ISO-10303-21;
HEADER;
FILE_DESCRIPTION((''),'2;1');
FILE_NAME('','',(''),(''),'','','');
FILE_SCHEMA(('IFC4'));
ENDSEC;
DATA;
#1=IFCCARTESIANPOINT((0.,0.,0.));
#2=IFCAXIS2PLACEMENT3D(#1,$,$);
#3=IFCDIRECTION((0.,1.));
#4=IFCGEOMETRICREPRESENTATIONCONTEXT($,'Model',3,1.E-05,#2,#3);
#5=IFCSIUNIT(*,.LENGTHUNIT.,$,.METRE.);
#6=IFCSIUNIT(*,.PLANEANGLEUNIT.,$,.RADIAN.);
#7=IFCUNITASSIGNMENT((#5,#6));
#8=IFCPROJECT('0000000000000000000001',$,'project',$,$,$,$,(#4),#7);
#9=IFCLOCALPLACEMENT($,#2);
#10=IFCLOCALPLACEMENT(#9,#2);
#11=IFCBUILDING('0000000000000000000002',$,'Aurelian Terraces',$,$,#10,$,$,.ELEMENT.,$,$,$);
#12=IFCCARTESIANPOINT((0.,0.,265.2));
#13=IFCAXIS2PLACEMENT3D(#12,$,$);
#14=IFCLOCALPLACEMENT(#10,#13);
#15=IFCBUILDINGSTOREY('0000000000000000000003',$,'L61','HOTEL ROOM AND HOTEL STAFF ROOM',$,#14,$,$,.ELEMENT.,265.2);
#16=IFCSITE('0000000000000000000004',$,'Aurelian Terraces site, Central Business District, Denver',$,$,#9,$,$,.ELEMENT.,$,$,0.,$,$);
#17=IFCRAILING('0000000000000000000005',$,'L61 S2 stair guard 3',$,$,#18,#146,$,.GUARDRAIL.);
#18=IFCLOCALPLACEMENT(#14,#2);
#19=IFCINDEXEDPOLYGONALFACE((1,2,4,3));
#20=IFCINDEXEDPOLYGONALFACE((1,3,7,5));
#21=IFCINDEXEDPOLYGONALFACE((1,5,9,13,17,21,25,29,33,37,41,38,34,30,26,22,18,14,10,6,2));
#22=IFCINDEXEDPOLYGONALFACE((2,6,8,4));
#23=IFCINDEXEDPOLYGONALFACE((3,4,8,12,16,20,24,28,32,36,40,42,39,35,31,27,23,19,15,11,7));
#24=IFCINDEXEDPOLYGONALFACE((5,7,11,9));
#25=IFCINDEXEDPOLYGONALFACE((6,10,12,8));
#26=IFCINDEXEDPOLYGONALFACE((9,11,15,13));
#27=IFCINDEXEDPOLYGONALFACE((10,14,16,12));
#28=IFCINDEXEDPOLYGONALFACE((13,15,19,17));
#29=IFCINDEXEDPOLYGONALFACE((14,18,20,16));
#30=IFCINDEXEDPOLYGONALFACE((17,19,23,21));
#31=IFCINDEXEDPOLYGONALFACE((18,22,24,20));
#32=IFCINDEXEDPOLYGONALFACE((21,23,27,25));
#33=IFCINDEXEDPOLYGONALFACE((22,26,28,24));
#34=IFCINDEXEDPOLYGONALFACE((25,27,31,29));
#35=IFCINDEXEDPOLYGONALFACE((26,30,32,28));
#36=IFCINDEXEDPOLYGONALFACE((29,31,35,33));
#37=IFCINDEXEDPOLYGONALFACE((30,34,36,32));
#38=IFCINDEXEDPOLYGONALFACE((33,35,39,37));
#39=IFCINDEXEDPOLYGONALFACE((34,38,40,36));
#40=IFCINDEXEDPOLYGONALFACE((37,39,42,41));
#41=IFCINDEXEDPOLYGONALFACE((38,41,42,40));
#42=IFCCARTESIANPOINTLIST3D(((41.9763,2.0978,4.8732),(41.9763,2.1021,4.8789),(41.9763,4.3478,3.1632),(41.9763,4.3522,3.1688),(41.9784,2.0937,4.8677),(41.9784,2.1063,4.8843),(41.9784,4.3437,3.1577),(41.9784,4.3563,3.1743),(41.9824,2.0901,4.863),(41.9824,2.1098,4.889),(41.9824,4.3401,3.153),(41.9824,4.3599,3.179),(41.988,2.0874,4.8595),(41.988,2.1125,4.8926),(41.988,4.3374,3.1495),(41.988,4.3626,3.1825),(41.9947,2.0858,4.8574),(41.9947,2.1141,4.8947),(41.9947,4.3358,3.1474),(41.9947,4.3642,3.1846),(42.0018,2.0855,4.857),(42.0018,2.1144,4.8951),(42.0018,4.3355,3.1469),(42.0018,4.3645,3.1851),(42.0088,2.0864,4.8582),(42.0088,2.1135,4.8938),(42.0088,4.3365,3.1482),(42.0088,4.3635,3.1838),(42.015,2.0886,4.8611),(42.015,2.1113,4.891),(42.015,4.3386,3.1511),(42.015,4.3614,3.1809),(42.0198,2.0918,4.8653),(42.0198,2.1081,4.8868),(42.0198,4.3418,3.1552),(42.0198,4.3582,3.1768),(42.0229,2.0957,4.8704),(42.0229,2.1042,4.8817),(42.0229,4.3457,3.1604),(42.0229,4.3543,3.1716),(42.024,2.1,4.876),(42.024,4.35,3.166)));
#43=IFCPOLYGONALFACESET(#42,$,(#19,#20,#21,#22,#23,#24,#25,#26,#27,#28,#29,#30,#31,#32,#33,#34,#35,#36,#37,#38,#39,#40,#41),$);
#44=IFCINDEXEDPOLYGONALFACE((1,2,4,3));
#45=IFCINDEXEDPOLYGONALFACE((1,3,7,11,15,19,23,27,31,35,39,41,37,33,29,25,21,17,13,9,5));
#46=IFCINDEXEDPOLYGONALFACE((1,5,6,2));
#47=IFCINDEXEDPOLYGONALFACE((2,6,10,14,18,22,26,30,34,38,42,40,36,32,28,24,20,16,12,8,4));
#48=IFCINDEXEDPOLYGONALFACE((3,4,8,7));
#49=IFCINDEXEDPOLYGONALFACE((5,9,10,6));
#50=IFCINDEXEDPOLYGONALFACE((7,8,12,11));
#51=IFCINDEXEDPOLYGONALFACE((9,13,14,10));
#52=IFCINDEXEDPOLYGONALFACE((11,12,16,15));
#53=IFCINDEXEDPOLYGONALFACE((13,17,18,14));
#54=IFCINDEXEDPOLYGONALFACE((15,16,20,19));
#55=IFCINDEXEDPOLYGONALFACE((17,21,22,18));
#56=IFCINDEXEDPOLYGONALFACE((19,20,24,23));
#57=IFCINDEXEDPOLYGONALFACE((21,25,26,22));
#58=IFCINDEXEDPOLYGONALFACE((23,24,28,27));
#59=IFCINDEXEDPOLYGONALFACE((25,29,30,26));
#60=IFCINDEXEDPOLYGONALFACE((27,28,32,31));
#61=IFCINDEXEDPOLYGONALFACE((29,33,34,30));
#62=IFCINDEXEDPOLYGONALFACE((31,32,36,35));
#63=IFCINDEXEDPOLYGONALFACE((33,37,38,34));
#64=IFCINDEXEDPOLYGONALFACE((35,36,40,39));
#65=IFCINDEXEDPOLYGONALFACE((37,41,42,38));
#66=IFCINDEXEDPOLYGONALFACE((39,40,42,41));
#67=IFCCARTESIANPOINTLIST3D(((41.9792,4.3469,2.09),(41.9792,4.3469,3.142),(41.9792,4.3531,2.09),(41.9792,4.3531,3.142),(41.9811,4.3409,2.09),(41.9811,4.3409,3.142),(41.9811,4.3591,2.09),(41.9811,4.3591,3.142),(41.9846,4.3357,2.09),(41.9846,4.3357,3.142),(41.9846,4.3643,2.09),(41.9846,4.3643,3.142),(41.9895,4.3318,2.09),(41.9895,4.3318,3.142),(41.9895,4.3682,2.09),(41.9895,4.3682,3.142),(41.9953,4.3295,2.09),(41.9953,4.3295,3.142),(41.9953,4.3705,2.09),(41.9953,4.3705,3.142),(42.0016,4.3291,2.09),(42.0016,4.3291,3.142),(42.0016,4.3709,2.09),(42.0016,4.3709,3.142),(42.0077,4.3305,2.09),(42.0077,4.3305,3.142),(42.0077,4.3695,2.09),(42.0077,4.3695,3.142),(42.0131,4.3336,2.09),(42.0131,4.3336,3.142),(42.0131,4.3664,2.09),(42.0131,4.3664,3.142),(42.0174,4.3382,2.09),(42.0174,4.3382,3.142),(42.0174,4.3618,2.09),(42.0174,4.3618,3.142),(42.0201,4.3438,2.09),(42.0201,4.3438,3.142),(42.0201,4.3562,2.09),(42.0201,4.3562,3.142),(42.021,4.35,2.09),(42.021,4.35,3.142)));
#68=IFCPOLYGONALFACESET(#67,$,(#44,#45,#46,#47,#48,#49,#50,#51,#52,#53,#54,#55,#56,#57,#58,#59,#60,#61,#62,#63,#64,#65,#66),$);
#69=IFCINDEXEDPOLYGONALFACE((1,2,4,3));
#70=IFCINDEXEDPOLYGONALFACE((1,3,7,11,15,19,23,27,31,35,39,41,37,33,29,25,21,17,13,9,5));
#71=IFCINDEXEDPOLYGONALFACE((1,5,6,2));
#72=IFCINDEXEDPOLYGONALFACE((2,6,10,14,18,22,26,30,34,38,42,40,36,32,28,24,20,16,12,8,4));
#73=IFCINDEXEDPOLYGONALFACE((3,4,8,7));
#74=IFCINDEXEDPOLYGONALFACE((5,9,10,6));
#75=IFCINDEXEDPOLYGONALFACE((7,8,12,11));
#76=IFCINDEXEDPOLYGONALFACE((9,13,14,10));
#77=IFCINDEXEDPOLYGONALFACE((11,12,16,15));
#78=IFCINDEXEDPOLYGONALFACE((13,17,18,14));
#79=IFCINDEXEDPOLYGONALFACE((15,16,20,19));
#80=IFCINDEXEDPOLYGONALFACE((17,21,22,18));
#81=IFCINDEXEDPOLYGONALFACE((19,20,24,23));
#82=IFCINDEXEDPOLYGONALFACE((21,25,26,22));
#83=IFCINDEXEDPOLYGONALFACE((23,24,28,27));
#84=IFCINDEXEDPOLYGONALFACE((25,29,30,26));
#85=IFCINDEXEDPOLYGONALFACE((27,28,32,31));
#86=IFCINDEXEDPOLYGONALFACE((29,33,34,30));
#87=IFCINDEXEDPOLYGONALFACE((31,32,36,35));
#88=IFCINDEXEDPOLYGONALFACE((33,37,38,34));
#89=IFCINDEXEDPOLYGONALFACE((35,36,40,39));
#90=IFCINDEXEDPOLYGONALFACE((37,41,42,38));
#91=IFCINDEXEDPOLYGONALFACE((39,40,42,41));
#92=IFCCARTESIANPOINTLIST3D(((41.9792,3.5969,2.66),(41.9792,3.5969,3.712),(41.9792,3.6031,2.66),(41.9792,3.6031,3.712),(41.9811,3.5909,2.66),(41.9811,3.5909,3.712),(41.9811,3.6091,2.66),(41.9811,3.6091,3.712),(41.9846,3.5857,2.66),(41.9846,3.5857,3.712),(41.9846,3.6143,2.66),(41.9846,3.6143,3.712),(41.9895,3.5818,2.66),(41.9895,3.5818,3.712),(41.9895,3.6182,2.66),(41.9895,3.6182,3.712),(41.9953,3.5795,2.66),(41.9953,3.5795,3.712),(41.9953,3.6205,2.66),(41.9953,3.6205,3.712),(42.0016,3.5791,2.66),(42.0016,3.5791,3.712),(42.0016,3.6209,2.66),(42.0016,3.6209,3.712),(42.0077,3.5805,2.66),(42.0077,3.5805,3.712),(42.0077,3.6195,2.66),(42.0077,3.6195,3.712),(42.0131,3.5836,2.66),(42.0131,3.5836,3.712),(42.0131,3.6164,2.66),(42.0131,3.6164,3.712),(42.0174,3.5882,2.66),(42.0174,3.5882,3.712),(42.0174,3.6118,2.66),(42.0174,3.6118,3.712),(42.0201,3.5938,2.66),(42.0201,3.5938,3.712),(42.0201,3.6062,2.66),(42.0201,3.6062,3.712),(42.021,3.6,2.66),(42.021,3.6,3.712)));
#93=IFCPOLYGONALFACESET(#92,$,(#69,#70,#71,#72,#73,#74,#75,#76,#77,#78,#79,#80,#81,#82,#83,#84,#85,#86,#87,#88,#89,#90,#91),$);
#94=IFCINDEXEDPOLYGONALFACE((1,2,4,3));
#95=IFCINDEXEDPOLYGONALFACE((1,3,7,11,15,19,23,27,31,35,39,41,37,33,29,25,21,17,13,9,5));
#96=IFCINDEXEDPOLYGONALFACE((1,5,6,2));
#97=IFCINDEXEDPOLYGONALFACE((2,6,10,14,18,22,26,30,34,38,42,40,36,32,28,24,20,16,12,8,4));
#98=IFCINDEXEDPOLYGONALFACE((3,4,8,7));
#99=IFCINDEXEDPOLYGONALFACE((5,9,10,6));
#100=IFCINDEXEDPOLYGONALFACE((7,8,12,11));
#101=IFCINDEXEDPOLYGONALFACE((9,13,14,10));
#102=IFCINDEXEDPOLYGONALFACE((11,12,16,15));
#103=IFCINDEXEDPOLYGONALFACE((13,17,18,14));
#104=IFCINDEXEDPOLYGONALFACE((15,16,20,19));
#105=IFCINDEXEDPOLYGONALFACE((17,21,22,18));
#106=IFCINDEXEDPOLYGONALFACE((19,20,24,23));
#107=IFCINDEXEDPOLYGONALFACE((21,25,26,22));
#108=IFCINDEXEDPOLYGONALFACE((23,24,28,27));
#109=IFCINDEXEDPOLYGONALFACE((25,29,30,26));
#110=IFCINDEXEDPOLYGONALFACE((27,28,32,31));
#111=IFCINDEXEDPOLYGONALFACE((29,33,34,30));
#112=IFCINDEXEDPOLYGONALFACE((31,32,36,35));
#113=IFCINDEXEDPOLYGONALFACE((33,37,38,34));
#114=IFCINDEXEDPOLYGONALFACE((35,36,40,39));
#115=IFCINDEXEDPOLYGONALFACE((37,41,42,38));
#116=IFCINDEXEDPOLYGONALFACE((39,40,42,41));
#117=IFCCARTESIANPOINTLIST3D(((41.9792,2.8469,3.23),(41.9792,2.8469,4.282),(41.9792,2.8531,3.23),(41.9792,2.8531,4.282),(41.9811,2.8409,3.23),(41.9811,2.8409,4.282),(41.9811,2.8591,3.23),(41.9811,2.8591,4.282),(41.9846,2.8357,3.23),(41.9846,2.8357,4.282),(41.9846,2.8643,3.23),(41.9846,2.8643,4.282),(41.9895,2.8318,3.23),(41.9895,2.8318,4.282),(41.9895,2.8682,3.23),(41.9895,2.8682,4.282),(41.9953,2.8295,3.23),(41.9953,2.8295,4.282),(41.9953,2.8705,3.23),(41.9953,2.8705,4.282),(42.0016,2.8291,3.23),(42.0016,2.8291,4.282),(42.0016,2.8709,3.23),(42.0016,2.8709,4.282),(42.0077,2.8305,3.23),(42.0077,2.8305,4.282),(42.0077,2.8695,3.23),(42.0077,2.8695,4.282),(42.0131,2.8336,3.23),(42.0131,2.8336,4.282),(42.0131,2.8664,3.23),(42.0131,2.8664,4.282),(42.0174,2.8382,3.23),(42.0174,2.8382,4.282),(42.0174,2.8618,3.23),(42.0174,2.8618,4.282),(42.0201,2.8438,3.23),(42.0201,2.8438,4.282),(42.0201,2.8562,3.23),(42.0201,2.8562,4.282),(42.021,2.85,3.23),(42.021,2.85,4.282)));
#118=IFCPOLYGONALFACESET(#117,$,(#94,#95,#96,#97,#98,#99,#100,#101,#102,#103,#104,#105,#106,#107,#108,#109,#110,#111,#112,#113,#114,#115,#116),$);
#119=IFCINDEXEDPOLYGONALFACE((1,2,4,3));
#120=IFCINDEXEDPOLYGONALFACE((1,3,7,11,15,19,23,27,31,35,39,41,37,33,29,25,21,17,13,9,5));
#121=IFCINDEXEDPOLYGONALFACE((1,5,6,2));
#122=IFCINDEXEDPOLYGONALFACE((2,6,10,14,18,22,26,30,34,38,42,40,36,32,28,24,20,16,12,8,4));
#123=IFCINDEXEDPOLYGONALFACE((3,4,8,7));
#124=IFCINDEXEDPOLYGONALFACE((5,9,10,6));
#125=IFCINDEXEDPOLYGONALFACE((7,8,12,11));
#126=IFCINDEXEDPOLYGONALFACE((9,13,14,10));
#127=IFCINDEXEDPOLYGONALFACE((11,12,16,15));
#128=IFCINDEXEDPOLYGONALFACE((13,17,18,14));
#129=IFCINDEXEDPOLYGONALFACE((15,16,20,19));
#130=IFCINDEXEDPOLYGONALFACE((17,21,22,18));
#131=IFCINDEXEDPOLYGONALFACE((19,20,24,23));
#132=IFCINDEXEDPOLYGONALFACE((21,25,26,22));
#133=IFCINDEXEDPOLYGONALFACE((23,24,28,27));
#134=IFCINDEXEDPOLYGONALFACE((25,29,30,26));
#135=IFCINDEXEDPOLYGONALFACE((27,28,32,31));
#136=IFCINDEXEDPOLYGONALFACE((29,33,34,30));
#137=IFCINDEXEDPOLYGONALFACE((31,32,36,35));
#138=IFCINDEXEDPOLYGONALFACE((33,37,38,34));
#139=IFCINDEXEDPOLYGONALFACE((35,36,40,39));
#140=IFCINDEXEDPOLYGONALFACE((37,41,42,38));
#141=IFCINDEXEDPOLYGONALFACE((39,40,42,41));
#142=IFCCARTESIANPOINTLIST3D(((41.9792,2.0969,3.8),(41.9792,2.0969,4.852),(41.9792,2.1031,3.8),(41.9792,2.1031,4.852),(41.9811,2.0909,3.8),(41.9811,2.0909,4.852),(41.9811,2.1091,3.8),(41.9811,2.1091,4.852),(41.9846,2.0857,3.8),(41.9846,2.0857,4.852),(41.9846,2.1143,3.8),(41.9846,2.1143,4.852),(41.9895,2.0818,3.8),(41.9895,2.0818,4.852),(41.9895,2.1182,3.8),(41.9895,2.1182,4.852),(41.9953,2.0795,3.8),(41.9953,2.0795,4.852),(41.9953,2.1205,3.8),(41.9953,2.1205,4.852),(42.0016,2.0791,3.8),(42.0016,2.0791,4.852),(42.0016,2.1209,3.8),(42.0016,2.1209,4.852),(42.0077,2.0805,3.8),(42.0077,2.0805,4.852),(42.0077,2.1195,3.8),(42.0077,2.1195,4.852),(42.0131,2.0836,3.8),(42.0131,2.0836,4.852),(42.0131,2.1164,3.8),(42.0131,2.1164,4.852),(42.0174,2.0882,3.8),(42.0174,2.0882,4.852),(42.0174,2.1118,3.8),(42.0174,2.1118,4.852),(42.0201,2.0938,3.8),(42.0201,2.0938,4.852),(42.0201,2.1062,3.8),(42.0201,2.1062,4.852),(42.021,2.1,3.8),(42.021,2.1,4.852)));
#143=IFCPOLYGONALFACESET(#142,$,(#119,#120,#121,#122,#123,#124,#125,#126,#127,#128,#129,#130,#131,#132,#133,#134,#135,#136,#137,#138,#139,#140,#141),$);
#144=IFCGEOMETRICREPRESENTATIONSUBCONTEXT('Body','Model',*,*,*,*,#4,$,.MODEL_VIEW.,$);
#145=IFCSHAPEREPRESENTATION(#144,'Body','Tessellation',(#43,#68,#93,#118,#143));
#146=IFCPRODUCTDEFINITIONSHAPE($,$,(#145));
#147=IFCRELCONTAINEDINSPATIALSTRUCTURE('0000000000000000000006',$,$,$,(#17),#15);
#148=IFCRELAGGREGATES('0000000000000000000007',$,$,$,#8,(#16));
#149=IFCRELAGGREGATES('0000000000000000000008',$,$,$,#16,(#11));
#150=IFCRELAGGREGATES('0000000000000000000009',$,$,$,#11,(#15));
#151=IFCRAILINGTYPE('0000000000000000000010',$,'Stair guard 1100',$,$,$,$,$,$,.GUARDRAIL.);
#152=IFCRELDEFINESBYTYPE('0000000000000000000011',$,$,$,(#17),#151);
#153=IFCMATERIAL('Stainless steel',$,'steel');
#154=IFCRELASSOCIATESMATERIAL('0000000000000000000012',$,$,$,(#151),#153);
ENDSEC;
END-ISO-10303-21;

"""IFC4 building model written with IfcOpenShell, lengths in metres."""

from ifc_helpers import new_model, si_unit, direction, frame, origin, origin_2d, place, context, subcontext, project, spatial, circle, extrude, source, transform, mapped, material, type_object, element, save


model = new_model("IFC4")

# Units and contexts
model_context = context("Model", 3, precision=1e-05, world=origin(), true_north=direction((0.0, 1.0)))
body_context = subcontext(model_context, "Body", "Model", "MODEL_VIEW")
ifc_project = project(units=[si_unit("LENGTHUNIT", "METRE"), si_unit("PLANEANGLEUNIT", "RADIAN")], contexts=[model_context])

# Site, building, storey
site_placement = place(None, origin())
site = spatial("IfcSite", under=ifc_project, at=site_placement, Name="Aurelian Terraces site, Central Business District, Denver", CompositionType="ELEMENT", RefElevation=0.0)
building_placement = place(site_placement, origin())
building = spatial("IfcBuilding", under=site, at=building_placement, Name="Aurelian Terraces", CompositionType="ELEMENT")
storey_placement = place(building_placement, frame((0.0, 0.0, 265.2)))
storey = spatial("IfcBuildingStorey", under=building, at=storey_placement, Name="L61", Description="HOTEL ROOM AND HOTEL STAFF ROOM", CompositionType="ELEMENT", Elevation=265.2)

# Railing
ifc_material_1 = material(Name="Stainless steel", Category="steel")
railing_type_1 = type_object("IfcRailingType", Name="Stair guard 1100", PredefinedType="GUARDRAIL", material=ifc_material_1)
shared_shape_1 = source(origin(), body_context, "Body", "SweptSolid", [
    extrude(circle(Radius=0.024, at=origin_2d()), frame((0.0, 0.0, 1.076), z_axis=(0.0, -0.796162, 0.605083), x_axis=(1.0, 0.0, 0.0)), (0.0, 0.0, 1.0), 2.8261),
    extrude(circle(Radius=0.021, at=origin_2d()), origin(), (0.0, 0.0, 1.0), 1.052),
    extrude(circle(Radius=0.021, at=origin_2d()), frame((0.0, -0.75, 0.57)), (0.0, 0.0, 1.0), 1.052),
    extrude(circle(Radius=0.021, at=origin_2d()), frame((0.0, -1.5, 1.14)), (0.0, 0.0, 1.0), 1.052),
    extrude(circle(Radius=0.021, at=origin_2d()), frame((0.0, -2.25, 1.71)), (0.0, 0.0, 1.0), 1.052),
])
railing_1_placement = place(storey_placement, frame((42.0, 4.35, 2.09)))
element("IfcRailing", 1, at=railing_1_placement, inside=storey, type_object=railing_type_1, Name="L61 S2 stair guard 3", PredefinedType="GUARDRAIL", context=body_context, shape_type="MappedRepresentation", body=[
    mapped(shared_shape_1, transform((0.0, 0.0, 0.0), scale=1.0)),
])

save(model, "model.ifc")
